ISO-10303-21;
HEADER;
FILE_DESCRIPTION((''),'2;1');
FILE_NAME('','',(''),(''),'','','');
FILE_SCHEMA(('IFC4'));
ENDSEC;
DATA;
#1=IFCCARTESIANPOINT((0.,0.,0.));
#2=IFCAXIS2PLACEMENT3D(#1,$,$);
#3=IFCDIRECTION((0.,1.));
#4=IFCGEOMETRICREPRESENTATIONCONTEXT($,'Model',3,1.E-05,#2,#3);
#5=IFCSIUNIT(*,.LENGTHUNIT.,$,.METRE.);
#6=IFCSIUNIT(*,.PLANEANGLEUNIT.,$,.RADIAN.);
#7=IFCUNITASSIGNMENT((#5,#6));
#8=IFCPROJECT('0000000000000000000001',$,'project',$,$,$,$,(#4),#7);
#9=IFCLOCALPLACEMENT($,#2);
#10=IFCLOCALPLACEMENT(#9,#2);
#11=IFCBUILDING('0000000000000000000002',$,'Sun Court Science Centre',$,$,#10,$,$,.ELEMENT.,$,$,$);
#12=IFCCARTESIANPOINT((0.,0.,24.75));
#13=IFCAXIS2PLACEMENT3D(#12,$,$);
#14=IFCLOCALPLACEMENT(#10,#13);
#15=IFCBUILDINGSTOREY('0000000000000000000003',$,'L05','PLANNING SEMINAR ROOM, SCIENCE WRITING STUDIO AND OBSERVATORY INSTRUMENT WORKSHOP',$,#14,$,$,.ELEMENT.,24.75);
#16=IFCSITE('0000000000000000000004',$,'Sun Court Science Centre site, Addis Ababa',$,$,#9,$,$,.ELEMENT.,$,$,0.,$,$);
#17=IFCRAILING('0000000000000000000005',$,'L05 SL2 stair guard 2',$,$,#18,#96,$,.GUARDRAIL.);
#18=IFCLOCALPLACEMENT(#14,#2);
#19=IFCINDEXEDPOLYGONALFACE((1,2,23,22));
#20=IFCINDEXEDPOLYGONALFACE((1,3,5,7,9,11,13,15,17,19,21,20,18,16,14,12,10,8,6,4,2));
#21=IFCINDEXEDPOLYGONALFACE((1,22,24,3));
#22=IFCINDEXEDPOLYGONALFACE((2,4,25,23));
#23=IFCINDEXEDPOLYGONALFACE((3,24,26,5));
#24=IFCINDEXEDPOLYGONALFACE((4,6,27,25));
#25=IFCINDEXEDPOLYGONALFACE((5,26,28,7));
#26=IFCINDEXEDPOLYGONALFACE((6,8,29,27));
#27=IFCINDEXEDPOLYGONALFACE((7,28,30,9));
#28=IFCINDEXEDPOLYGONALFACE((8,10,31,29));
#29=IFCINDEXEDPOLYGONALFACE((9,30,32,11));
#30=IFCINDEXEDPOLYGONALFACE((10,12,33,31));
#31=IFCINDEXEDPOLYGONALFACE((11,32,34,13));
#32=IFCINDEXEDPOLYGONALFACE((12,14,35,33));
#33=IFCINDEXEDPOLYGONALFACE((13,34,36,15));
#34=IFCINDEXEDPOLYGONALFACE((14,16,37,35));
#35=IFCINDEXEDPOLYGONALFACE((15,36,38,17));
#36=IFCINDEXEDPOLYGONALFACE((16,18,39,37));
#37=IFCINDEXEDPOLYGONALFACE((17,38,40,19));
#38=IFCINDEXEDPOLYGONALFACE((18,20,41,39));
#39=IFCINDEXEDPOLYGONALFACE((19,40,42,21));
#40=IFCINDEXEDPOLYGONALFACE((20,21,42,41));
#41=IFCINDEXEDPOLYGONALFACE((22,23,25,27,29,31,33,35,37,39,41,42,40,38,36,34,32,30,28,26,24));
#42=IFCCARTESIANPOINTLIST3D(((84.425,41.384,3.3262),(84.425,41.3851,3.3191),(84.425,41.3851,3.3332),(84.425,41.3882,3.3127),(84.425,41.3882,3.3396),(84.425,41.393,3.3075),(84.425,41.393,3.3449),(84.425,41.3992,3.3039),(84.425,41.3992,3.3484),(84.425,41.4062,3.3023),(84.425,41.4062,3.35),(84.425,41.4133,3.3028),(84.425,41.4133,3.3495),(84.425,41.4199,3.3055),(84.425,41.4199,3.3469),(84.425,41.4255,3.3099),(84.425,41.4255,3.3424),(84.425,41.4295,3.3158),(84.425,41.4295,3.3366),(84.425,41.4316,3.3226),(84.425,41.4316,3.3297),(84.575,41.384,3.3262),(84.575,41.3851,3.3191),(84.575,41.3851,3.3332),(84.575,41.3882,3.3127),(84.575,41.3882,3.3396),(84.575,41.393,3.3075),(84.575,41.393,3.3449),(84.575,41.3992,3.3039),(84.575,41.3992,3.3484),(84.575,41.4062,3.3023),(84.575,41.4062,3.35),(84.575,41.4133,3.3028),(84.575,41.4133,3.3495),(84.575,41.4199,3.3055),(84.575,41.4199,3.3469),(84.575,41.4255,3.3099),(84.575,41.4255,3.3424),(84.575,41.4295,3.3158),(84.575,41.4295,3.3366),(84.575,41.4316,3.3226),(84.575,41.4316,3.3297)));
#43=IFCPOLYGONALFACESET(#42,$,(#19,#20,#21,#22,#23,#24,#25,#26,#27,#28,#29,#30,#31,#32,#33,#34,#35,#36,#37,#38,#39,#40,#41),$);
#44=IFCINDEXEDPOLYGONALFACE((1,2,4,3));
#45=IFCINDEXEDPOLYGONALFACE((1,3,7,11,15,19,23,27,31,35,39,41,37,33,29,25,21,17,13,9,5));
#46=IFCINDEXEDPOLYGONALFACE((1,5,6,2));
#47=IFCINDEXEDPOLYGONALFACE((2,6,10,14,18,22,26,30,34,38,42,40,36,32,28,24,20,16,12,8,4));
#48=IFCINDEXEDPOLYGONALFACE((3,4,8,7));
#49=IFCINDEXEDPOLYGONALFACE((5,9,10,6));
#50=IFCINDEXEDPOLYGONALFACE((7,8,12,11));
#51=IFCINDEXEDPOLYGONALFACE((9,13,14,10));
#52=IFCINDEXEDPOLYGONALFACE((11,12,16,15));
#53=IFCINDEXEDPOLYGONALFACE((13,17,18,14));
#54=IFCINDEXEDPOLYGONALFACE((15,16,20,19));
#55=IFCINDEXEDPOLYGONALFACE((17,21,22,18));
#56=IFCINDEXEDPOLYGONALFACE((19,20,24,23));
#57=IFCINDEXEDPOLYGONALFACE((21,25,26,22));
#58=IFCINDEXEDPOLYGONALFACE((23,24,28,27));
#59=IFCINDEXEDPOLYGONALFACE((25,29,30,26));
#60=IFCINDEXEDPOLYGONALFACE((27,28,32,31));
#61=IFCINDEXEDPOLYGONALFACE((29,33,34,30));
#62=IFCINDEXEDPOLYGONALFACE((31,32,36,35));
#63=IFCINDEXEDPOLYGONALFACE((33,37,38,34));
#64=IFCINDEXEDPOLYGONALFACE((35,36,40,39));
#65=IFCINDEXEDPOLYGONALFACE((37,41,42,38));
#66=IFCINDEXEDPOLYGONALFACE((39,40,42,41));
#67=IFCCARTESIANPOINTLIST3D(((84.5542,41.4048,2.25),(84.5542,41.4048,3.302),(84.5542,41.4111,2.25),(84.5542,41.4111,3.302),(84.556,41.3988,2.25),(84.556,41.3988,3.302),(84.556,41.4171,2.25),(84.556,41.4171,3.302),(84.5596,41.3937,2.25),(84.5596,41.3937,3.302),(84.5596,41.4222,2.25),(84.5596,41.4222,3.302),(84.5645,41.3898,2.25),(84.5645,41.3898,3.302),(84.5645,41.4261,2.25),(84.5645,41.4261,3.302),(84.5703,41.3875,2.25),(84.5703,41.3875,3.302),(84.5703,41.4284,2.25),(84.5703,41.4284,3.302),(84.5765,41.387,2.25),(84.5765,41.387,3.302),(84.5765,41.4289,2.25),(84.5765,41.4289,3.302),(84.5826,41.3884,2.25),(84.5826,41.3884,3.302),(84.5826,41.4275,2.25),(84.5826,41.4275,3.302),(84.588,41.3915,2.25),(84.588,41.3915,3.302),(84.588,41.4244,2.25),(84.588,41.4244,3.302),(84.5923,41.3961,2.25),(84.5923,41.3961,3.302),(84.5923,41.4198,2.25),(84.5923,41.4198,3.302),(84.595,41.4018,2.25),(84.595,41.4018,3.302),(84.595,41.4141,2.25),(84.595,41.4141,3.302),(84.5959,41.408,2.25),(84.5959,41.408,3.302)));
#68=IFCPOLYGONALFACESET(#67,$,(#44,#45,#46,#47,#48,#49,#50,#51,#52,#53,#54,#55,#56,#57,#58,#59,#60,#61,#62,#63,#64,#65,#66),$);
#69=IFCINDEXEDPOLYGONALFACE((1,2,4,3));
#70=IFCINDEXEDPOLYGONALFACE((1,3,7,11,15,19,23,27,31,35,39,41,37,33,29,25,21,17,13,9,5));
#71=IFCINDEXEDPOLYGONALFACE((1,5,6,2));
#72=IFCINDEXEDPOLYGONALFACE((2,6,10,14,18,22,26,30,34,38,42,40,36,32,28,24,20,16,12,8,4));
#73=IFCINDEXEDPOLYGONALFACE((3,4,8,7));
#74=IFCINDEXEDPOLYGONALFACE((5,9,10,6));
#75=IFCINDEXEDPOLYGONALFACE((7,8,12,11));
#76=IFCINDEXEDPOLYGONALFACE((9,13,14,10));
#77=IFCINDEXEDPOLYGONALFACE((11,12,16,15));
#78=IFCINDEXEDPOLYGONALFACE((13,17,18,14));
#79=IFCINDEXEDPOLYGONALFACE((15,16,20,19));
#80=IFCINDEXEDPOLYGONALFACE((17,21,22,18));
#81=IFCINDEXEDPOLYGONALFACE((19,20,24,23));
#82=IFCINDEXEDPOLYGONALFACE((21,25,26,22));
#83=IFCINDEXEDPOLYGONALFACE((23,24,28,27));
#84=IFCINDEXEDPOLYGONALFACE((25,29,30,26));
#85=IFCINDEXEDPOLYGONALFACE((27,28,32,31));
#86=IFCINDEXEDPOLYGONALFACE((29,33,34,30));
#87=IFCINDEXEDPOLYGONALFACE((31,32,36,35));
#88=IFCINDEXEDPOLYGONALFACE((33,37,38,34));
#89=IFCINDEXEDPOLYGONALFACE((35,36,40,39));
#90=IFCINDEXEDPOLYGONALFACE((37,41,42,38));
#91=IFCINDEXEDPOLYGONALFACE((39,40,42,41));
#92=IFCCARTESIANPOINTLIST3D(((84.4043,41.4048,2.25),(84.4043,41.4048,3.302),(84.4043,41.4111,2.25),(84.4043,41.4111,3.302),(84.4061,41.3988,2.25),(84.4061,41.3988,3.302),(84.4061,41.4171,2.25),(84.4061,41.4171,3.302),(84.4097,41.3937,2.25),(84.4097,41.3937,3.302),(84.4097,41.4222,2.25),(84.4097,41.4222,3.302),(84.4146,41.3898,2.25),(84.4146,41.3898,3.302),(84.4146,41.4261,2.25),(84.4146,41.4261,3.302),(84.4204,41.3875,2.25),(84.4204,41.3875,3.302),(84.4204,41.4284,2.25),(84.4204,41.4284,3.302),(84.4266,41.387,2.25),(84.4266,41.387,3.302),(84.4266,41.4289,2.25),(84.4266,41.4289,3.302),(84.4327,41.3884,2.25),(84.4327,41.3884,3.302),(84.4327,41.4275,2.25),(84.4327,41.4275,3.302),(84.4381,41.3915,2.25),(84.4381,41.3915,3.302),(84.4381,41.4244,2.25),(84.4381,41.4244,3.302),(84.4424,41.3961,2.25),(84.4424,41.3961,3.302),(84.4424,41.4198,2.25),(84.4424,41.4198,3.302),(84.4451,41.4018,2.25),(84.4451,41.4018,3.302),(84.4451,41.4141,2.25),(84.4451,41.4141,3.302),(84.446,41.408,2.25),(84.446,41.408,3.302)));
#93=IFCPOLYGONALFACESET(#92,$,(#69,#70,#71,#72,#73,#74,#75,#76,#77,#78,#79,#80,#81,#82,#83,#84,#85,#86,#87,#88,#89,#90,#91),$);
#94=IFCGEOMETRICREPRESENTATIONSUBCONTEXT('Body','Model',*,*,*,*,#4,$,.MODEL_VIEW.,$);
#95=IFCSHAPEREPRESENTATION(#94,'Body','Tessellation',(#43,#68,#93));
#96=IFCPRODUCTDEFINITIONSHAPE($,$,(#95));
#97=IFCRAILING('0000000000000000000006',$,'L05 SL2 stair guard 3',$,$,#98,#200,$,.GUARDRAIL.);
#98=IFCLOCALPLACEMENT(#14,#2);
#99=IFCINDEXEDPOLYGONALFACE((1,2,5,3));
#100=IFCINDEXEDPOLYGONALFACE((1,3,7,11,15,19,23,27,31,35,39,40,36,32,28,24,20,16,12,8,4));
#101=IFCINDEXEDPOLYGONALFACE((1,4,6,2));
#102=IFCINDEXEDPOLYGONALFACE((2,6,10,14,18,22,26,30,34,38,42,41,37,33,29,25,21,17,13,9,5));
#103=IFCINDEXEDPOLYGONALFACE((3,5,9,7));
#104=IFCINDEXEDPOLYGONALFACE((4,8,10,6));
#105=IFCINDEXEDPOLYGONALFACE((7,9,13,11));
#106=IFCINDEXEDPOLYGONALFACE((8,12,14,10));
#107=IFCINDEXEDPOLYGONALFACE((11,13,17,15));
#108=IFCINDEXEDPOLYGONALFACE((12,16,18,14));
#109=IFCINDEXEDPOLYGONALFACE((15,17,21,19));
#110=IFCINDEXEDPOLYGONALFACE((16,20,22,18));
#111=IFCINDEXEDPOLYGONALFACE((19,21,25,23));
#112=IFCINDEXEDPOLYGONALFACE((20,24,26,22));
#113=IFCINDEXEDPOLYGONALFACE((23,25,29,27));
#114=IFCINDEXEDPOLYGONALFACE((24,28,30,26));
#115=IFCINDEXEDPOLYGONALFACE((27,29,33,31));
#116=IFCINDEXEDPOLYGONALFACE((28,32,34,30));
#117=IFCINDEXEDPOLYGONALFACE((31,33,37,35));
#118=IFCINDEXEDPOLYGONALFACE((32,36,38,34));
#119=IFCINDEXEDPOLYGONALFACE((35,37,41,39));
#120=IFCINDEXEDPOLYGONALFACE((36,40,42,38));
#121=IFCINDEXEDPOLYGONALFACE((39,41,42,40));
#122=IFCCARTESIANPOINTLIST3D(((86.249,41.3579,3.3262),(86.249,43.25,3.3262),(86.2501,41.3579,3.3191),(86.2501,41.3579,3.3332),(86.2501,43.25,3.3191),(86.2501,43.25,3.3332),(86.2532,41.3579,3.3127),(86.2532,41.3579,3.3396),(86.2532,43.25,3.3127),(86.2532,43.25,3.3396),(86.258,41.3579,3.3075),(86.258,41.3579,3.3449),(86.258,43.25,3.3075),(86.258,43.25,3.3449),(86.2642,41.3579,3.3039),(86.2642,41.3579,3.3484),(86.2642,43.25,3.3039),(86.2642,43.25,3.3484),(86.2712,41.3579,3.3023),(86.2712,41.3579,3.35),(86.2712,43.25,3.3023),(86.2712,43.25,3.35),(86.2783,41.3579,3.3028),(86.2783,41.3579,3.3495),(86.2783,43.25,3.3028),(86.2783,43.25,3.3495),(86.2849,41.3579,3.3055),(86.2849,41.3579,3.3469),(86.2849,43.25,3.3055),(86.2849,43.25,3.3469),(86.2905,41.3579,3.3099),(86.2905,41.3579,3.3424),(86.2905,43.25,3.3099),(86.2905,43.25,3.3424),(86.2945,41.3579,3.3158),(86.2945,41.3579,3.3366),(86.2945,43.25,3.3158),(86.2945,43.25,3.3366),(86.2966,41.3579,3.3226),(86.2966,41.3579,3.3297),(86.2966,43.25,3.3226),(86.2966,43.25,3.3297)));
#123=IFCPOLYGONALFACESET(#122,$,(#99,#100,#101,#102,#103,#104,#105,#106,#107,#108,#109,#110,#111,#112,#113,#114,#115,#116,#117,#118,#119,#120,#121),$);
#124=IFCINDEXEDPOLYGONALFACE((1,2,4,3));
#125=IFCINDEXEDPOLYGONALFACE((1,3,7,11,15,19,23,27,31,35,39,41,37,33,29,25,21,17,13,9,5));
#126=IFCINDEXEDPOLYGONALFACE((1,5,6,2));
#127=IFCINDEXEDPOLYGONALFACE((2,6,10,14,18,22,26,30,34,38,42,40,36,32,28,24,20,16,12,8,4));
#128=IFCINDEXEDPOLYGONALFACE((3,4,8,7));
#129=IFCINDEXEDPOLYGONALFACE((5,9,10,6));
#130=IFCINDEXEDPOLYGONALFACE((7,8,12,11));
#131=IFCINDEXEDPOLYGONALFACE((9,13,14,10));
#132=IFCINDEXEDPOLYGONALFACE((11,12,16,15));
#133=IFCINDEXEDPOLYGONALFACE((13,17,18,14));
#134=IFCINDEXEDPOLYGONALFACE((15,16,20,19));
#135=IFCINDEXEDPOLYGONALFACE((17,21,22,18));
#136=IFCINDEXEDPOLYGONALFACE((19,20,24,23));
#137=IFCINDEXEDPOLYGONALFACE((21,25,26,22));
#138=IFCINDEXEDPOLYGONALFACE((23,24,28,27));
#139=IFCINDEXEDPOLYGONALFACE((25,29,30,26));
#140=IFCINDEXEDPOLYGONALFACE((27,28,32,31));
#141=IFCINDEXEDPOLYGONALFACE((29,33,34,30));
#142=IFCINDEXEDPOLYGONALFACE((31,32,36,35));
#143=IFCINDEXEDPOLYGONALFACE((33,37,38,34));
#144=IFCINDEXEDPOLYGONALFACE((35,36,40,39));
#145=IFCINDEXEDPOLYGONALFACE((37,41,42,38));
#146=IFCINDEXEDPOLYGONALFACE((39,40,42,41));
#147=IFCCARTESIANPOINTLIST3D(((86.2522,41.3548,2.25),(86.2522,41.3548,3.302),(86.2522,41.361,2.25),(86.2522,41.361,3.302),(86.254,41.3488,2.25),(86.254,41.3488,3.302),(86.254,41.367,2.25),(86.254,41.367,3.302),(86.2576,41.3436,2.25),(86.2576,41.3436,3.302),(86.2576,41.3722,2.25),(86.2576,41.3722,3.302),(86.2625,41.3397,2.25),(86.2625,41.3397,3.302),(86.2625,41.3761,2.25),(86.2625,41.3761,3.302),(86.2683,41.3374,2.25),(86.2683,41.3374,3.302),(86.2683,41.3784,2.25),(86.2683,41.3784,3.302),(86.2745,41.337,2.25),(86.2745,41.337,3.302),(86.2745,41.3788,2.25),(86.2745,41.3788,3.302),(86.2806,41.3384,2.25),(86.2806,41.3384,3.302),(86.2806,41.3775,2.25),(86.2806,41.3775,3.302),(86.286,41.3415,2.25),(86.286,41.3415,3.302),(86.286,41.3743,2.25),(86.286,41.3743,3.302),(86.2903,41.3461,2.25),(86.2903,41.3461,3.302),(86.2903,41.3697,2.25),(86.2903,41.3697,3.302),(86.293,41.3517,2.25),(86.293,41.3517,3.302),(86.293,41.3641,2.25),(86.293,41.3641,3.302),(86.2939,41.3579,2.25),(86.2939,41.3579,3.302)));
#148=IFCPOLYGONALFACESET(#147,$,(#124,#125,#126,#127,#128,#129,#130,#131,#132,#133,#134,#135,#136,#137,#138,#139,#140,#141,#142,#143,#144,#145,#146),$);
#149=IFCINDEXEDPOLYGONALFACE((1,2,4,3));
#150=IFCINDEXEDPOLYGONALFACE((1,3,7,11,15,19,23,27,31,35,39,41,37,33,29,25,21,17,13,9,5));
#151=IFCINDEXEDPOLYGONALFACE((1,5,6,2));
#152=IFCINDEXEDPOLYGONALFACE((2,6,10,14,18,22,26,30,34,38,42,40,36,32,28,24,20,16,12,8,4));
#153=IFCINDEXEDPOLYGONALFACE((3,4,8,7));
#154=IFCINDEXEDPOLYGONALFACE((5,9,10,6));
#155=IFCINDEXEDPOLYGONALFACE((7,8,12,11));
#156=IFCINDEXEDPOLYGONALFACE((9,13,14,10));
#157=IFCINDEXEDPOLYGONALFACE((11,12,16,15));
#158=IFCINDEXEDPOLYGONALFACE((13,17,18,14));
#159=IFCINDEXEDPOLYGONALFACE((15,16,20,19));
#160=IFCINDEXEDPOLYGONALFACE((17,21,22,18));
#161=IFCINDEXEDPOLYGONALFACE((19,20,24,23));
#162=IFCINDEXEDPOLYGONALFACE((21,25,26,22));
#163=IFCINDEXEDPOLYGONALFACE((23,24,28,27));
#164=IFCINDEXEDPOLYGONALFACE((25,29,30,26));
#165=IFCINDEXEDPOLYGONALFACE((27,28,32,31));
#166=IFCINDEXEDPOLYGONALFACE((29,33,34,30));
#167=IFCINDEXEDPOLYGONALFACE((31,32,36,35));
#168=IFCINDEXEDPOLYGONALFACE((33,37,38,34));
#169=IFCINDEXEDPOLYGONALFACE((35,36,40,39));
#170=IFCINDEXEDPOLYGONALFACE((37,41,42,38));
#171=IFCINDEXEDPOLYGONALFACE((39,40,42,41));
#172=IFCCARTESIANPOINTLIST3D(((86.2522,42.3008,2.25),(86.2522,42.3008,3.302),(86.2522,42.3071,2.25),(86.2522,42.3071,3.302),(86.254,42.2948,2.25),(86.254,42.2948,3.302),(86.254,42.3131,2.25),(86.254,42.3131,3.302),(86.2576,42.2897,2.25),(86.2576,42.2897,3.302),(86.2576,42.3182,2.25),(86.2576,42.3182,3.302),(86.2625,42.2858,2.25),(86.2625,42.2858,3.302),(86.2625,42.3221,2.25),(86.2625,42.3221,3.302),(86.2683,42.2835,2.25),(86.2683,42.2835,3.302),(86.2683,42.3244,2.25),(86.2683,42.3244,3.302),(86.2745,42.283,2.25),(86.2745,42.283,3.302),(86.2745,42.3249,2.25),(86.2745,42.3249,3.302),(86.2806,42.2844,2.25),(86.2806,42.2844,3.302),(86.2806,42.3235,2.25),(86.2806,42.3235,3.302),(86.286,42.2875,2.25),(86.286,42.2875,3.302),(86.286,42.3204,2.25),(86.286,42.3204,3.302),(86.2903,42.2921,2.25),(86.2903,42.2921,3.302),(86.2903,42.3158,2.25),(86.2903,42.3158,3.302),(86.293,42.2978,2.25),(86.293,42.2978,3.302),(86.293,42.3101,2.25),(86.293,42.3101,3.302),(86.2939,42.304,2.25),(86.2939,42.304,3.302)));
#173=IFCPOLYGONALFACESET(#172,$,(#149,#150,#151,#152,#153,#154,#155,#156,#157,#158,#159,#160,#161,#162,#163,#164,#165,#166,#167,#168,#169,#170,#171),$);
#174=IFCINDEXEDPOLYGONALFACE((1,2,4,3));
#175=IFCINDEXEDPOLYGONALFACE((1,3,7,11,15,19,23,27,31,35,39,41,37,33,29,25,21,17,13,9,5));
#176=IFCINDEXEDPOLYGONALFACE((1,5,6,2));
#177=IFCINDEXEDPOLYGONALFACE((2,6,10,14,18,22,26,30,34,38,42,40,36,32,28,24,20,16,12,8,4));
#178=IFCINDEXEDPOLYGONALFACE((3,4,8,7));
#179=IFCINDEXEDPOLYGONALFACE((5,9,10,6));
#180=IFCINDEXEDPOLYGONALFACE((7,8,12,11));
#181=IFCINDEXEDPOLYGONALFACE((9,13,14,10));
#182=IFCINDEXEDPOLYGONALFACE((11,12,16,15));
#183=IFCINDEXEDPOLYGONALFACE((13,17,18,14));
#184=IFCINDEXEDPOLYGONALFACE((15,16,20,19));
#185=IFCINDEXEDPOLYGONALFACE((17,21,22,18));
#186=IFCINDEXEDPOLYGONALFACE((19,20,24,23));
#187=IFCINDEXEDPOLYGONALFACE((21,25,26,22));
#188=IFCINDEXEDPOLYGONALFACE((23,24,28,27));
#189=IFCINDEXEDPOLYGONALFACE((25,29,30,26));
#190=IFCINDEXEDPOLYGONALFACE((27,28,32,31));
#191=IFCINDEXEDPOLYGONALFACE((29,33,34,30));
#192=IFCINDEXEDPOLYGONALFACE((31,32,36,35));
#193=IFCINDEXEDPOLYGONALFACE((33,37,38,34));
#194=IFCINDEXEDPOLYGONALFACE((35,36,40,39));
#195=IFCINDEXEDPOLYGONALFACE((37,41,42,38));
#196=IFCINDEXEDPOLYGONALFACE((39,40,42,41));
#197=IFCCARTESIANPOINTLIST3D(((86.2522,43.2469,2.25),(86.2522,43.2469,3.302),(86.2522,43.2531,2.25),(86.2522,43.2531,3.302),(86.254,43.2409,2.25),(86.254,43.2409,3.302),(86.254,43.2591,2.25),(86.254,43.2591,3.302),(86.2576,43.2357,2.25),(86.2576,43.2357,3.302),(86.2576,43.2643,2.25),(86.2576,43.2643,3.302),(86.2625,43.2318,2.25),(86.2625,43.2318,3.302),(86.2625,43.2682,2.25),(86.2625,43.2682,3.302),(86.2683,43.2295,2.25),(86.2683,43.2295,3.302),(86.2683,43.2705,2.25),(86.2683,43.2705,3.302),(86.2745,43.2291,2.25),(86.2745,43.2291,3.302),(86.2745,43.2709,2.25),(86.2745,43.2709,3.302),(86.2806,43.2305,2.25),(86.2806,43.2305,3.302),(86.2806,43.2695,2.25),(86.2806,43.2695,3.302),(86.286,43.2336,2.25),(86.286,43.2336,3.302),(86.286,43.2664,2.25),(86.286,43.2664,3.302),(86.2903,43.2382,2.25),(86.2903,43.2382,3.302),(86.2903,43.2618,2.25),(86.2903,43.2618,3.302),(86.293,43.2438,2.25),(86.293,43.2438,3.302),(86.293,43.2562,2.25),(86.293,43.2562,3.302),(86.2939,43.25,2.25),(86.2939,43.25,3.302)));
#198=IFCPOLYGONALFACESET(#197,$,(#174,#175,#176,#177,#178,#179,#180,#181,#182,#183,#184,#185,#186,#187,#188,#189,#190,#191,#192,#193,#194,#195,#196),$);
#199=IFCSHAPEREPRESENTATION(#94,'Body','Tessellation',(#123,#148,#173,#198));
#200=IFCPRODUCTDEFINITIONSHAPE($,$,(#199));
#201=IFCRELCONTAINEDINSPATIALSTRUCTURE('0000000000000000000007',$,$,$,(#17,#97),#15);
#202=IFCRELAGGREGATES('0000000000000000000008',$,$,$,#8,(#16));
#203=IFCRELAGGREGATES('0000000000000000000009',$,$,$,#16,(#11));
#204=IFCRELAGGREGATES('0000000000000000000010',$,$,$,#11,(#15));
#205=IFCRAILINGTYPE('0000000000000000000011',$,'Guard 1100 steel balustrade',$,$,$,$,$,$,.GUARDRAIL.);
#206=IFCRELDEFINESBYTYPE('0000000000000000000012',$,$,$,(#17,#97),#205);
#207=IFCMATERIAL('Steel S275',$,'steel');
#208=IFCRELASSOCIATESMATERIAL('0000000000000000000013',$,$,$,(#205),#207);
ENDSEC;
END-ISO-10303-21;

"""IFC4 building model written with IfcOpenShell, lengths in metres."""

from ifc_helpers import new_model, si_unit, direction, frame, origin, origin_2d, place, context, subcontext, project, spatial, circle, extrude, material, type_object, element, save


model = new_model("IFC4")

# Units and contexts
model_context = context("Model", 3, precision=1e-05, world=origin(), true_north=direction((0.0, 1.0)))
body_context = subcontext(model_context, "Body", "Model", "MODEL_VIEW")
ifc_project = project(units=[si_unit("LENGTHUNIT", "METRE"), si_unit("PLANEANGLEUNIT", "RADIAN")], contexts=[model_context])

# Site, building, storey
site_placement = place(None, origin())
site = spatial("IfcSite", under=ifc_project, at=site_placement, Name="Sun Court Science Centre site, Addis Ababa", CompositionType="ELEMENT", RefElevation=0.0)
building_placement = place(site_placement, origin())
building = spatial("IfcBuilding", under=site, at=building_placement, Name="Sun Court Science Centre", CompositionType="ELEMENT")
storey_placement = place(building_placement, frame((0.0, 0.0, 24.75)))
storey = spatial("IfcBuildingStorey", under=building, at=storey_placement, Name="L05", Description="PLANNING SEMINAR ROOM, SCIENCE WRITING STUDIO AND OBSERVATORY INSTRUMENT WORKSHOP", CompositionType="ELEMENT", Elevation=24.75)

# Railings
ifc_material_1 = material(Name="Steel S275", Category="steel")
railing_type_1 = type_object("IfcRailingType", Name="Guard 1100 steel balustrade", PredefinedType="GUARDRAIL", material=ifc_material_1)
railing_1_placement = place(storey_placement, frame((84.575, 41.408, 2.25)))
element("IfcRailing", 1, at=railing_1_placement, inside=storey, type_object=railing_type_1, Name="L05 SL2 stair guard 2", PredefinedType="GUARDRAIL", context=body_context, shape_type="SweptSolid", body=[
    extrude(circle(Radius=0.0239, at=origin_2d()), frame((0.0, 0.0, 1.0762), z_axis=(-1.0, 0.0, 0.0), x_axis=(0.0, -1.0, 0.0)), (0.0, 0.0, 1.0), 0.1499),
    extrude(circle(Radius=0.021, at=origin_2d()), origin(), (0.0, 0.0, 1.0), 1.052),
    extrude(circle(Radius=0.021, at=origin_2d()), frame((-0.1499, 0.0, 0.0)), (0.0, 0.0, 1.0), 1.052),
])
for number, where, name in (
    (2, (86.2729, 41.3579, 2.25), "L05 SL2 stair guard 3"),
):
    element("IfcRailing", number, at=place(storey_placement, frame(where)), inside=storey, type_object=railing_type_1, Name=name, PredefinedType="GUARDRAIL", context=body_context, shape_type="SweptSolid", body=[
        extrude(circle(Radius=0.0239, at=origin_2d()), frame((0.0, 0.0, 1.0762), z_axis=(0.0, 1.0, 0.0), x_axis=(-1.0, 0.0, 0.0)), (0.0, 0.0, 1.0), 1.8921),
        extrude(circle(Radius=0.021, at=origin_2d()), origin(), (0.0, 0.0, 1.0), 1.052),
        extrude(circle(Radius=0.021, at=origin_2d()), frame((0.0, 0.946, 0.0)), (0.0, 0.0, 1.0), 1.052),
        extrude(circle(Radius=0.021, at=origin_2d()), frame((0.0, 1.8921, 0.0)), (0.0, 0.0, 1.0), 1.052),
    ])

save(model, "model.ifc")
